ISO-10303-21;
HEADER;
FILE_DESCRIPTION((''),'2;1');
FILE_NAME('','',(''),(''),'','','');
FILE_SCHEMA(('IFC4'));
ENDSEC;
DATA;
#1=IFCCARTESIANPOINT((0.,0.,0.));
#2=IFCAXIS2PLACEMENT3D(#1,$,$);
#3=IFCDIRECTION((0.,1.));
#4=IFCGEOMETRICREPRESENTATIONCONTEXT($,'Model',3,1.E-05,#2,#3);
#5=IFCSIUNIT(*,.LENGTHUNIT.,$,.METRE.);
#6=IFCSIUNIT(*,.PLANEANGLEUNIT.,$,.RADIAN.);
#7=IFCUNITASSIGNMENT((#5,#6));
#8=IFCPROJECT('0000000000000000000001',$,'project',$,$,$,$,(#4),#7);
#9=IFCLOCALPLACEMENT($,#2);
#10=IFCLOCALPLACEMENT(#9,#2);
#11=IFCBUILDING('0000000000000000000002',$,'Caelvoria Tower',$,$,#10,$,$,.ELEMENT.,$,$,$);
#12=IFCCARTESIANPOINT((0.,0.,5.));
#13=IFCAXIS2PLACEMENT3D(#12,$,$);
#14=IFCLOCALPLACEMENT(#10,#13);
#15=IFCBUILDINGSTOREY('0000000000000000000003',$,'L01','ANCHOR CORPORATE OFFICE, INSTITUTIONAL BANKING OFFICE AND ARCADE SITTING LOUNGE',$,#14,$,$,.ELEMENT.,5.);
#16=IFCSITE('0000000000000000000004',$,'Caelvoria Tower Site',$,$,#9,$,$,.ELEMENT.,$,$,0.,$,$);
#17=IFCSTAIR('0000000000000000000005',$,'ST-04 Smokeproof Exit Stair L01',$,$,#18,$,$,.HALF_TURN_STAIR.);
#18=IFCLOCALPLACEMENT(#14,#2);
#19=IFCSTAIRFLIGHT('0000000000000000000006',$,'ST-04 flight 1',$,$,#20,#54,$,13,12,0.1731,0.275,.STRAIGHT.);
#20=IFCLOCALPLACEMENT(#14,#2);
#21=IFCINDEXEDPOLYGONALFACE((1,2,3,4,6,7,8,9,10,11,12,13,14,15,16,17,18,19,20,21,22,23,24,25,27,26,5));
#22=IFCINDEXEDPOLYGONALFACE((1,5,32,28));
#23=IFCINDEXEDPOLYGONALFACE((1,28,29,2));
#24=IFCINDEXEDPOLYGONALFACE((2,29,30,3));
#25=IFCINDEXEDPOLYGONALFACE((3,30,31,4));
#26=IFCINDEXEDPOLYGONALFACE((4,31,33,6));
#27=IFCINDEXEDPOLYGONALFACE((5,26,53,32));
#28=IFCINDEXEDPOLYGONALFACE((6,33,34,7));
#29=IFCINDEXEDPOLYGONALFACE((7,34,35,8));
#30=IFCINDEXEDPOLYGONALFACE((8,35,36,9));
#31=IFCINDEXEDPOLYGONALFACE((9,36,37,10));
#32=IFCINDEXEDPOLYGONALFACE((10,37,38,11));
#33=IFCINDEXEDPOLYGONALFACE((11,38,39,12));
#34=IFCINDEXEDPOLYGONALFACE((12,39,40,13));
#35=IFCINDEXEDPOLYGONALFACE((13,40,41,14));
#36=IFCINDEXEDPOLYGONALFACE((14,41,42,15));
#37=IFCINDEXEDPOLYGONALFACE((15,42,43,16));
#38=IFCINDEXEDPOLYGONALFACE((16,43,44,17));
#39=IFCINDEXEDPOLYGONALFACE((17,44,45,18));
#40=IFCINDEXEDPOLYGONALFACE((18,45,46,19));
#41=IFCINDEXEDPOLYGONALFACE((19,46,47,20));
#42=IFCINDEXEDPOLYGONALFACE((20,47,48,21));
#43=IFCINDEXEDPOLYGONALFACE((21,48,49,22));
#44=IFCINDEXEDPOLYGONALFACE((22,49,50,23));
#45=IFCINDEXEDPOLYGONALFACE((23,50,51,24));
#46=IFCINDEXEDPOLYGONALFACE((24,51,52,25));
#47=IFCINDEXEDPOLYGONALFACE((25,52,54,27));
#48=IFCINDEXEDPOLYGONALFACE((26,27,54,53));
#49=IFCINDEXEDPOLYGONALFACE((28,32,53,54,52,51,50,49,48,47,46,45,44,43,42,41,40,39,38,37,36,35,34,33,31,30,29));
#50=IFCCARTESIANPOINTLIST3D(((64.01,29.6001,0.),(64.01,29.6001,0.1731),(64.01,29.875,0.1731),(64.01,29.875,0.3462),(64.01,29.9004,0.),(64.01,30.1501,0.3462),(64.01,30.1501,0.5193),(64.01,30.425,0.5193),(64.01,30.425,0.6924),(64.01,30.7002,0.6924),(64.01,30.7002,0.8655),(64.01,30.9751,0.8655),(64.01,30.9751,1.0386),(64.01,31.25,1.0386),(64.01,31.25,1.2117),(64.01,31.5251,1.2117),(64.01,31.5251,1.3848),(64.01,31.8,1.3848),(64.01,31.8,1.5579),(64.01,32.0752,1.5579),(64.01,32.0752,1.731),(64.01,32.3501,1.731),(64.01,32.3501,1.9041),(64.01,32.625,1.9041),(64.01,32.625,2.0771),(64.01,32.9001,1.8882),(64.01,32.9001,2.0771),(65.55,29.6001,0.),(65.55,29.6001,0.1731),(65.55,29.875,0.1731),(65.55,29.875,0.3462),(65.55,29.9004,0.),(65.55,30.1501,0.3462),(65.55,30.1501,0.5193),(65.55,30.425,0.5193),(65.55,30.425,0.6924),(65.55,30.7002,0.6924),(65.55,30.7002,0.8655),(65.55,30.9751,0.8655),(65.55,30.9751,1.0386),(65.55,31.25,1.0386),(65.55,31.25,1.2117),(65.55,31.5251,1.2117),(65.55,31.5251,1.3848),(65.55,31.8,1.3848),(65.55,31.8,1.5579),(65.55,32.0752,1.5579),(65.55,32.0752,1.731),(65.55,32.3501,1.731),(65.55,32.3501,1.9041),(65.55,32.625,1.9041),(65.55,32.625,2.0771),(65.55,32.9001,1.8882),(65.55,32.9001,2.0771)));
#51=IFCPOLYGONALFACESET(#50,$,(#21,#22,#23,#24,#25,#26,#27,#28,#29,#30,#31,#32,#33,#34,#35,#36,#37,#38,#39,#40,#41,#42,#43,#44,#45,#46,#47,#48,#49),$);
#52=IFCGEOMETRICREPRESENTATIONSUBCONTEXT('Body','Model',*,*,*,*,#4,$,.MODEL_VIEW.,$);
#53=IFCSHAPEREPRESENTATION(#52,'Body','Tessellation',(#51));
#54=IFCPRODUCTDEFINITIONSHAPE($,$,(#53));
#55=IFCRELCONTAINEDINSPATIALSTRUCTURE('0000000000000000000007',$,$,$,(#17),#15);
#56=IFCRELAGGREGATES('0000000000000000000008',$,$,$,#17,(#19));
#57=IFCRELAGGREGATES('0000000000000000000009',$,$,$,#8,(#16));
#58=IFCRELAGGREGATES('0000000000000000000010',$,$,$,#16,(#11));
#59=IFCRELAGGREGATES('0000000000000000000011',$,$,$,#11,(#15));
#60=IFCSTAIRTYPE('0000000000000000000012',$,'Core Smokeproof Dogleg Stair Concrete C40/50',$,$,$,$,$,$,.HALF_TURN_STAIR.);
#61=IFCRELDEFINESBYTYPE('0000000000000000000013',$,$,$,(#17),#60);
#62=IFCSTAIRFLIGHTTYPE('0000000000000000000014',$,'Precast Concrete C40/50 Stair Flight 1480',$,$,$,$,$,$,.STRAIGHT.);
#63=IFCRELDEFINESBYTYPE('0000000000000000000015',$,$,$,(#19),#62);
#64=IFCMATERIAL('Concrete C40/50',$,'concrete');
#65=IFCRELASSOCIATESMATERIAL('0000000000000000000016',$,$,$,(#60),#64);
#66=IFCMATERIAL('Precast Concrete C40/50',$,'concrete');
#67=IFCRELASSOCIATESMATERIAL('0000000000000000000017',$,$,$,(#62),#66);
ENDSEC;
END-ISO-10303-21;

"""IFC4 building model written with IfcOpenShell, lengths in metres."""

from ifc_helpers import new_model, si_unit, direction, frame, origin, place, context, subcontext, project, spatial, polyline, outline, extrude, material, type_object, element, aggregate, save


model = new_model("IFC4")

# Units and contexts
model_context = context("Model", 3, precision=1e-05, world=origin(), true_north=direction((0.0, 1.0)))
body_context = subcontext(model_context, "Body", "Model", "MODEL_VIEW")
ifc_project = project(units=[si_unit("LENGTHUNIT", "METRE"), si_unit("PLANEANGLEUNIT", "RADIAN")], contexts=[model_context])

# Site, building, storey
site_placement = place(None, origin())
site = spatial("IfcSite", under=ifc_project, at=site_placement, Name="Caelvoria Tower Site", CompositionType="ELEMENT", RefElevation=0.0)
building_placement = place(site_placement, origin())
building = spatial("IfcBuilding", under=site, at=building_placement, Name="Caelvoria Tower", CompositionType="ELEMENT")
storey_placement = place(building_placement, frame((0.0, 0.0, 5.0)))
storey = spatial("IfcBuildingStorey", under=building, at=storey_placement, Name="L01", Description="ANCHOR CORPORATE OFFICE, INSTITUTIONAL BANKING OFFICE AND ARCADE SITTING LOUNGE", CompositionType="ELEMENT", Elevation=5.0)

# Stair, stair flight
ifc_material_1 = material(Name="Concrete C40/50", Category="concrete")
stair_type = type_object("IfcStairType", Name="Core Smokeproof Dogleg Stair Concrete C40/50", PredefinedType="HALF_TURN_STAIR", material=ifc_material_1)
stair_placement = place(storey_placement, origin())
stair = element("IfcStair", 1, at=stair_placement, inside=storey, type_object=stair_type, Name="ST-04 Smokeproof Exit Stair L01", PredefinedType="HALF_TURN_STAIR")
ifc_material_2 = material(Name="Precast Concrete C40/50", Category="concrete")
stair_flight_type = type_object("IfcStairFlightType", Name="Precast Concrete C40/50 Stair Flight 1480", PredefinedType="STRAIGHT", material=ifc_material_2)
stair_flight_placement = place(storey_placement, frame((64.78, 29.6001, 0.0), z_axis=(0.0, 0.0, 1.0), x_axis=(0.0, 1.0, 0.0)))
stair_flight = element("IfcStairFlight", 2, at=stair_flight_placement, type_object=stair_flight_type, Name="ST-04 flight 1", NumberOfRisers=13, NumberOfTreads=12, PredefinedType="STRAIGHT", RiserHeight=0.1731, TreadLength=0.275, context=body_context, shape_type="SweptSolid", body=[
    extrude(outline(polyline([(0.0, 0.0), (0.0, 0.1731), (0.2749, 0.1731), (0.2749, 0.3462), (0.55, 0.3462), (0.55, 0.5193), (0.825, 0.5193), (0.825, 0.6924), (1.1001, 0.6924), (1.1001, 0.8655), (1.375, 0.8655), (1.375, 1.0386), (1.6499, 1.0386), (1.6499, 1.2117), (1.925, 1.2117), (1.925, 1.3848), (2.2, 1.3848), (2.2, 1.5579), (2.4751, 1.5579), (2.4751, 1.731), (2.75, 1.731), (2.75, 1.9041), (3.0249, 1.9041), (3.0249, 2.0771), (3.3, 2.0771), (3.3, 2.2502), (3.3, 1.8882), (0.3003, 0.0), (0.0, 0.0)])), frame((0.0, 0.77, 0.0), z_axis=(0.0, -1.0, 0.0), x_axis=(1.0, 0.0, 0.0)), (0.0, 0.0, 1.0), 1.54),
])
aggregate(stair, [stair_flight])

save(model, "model.ifc")
